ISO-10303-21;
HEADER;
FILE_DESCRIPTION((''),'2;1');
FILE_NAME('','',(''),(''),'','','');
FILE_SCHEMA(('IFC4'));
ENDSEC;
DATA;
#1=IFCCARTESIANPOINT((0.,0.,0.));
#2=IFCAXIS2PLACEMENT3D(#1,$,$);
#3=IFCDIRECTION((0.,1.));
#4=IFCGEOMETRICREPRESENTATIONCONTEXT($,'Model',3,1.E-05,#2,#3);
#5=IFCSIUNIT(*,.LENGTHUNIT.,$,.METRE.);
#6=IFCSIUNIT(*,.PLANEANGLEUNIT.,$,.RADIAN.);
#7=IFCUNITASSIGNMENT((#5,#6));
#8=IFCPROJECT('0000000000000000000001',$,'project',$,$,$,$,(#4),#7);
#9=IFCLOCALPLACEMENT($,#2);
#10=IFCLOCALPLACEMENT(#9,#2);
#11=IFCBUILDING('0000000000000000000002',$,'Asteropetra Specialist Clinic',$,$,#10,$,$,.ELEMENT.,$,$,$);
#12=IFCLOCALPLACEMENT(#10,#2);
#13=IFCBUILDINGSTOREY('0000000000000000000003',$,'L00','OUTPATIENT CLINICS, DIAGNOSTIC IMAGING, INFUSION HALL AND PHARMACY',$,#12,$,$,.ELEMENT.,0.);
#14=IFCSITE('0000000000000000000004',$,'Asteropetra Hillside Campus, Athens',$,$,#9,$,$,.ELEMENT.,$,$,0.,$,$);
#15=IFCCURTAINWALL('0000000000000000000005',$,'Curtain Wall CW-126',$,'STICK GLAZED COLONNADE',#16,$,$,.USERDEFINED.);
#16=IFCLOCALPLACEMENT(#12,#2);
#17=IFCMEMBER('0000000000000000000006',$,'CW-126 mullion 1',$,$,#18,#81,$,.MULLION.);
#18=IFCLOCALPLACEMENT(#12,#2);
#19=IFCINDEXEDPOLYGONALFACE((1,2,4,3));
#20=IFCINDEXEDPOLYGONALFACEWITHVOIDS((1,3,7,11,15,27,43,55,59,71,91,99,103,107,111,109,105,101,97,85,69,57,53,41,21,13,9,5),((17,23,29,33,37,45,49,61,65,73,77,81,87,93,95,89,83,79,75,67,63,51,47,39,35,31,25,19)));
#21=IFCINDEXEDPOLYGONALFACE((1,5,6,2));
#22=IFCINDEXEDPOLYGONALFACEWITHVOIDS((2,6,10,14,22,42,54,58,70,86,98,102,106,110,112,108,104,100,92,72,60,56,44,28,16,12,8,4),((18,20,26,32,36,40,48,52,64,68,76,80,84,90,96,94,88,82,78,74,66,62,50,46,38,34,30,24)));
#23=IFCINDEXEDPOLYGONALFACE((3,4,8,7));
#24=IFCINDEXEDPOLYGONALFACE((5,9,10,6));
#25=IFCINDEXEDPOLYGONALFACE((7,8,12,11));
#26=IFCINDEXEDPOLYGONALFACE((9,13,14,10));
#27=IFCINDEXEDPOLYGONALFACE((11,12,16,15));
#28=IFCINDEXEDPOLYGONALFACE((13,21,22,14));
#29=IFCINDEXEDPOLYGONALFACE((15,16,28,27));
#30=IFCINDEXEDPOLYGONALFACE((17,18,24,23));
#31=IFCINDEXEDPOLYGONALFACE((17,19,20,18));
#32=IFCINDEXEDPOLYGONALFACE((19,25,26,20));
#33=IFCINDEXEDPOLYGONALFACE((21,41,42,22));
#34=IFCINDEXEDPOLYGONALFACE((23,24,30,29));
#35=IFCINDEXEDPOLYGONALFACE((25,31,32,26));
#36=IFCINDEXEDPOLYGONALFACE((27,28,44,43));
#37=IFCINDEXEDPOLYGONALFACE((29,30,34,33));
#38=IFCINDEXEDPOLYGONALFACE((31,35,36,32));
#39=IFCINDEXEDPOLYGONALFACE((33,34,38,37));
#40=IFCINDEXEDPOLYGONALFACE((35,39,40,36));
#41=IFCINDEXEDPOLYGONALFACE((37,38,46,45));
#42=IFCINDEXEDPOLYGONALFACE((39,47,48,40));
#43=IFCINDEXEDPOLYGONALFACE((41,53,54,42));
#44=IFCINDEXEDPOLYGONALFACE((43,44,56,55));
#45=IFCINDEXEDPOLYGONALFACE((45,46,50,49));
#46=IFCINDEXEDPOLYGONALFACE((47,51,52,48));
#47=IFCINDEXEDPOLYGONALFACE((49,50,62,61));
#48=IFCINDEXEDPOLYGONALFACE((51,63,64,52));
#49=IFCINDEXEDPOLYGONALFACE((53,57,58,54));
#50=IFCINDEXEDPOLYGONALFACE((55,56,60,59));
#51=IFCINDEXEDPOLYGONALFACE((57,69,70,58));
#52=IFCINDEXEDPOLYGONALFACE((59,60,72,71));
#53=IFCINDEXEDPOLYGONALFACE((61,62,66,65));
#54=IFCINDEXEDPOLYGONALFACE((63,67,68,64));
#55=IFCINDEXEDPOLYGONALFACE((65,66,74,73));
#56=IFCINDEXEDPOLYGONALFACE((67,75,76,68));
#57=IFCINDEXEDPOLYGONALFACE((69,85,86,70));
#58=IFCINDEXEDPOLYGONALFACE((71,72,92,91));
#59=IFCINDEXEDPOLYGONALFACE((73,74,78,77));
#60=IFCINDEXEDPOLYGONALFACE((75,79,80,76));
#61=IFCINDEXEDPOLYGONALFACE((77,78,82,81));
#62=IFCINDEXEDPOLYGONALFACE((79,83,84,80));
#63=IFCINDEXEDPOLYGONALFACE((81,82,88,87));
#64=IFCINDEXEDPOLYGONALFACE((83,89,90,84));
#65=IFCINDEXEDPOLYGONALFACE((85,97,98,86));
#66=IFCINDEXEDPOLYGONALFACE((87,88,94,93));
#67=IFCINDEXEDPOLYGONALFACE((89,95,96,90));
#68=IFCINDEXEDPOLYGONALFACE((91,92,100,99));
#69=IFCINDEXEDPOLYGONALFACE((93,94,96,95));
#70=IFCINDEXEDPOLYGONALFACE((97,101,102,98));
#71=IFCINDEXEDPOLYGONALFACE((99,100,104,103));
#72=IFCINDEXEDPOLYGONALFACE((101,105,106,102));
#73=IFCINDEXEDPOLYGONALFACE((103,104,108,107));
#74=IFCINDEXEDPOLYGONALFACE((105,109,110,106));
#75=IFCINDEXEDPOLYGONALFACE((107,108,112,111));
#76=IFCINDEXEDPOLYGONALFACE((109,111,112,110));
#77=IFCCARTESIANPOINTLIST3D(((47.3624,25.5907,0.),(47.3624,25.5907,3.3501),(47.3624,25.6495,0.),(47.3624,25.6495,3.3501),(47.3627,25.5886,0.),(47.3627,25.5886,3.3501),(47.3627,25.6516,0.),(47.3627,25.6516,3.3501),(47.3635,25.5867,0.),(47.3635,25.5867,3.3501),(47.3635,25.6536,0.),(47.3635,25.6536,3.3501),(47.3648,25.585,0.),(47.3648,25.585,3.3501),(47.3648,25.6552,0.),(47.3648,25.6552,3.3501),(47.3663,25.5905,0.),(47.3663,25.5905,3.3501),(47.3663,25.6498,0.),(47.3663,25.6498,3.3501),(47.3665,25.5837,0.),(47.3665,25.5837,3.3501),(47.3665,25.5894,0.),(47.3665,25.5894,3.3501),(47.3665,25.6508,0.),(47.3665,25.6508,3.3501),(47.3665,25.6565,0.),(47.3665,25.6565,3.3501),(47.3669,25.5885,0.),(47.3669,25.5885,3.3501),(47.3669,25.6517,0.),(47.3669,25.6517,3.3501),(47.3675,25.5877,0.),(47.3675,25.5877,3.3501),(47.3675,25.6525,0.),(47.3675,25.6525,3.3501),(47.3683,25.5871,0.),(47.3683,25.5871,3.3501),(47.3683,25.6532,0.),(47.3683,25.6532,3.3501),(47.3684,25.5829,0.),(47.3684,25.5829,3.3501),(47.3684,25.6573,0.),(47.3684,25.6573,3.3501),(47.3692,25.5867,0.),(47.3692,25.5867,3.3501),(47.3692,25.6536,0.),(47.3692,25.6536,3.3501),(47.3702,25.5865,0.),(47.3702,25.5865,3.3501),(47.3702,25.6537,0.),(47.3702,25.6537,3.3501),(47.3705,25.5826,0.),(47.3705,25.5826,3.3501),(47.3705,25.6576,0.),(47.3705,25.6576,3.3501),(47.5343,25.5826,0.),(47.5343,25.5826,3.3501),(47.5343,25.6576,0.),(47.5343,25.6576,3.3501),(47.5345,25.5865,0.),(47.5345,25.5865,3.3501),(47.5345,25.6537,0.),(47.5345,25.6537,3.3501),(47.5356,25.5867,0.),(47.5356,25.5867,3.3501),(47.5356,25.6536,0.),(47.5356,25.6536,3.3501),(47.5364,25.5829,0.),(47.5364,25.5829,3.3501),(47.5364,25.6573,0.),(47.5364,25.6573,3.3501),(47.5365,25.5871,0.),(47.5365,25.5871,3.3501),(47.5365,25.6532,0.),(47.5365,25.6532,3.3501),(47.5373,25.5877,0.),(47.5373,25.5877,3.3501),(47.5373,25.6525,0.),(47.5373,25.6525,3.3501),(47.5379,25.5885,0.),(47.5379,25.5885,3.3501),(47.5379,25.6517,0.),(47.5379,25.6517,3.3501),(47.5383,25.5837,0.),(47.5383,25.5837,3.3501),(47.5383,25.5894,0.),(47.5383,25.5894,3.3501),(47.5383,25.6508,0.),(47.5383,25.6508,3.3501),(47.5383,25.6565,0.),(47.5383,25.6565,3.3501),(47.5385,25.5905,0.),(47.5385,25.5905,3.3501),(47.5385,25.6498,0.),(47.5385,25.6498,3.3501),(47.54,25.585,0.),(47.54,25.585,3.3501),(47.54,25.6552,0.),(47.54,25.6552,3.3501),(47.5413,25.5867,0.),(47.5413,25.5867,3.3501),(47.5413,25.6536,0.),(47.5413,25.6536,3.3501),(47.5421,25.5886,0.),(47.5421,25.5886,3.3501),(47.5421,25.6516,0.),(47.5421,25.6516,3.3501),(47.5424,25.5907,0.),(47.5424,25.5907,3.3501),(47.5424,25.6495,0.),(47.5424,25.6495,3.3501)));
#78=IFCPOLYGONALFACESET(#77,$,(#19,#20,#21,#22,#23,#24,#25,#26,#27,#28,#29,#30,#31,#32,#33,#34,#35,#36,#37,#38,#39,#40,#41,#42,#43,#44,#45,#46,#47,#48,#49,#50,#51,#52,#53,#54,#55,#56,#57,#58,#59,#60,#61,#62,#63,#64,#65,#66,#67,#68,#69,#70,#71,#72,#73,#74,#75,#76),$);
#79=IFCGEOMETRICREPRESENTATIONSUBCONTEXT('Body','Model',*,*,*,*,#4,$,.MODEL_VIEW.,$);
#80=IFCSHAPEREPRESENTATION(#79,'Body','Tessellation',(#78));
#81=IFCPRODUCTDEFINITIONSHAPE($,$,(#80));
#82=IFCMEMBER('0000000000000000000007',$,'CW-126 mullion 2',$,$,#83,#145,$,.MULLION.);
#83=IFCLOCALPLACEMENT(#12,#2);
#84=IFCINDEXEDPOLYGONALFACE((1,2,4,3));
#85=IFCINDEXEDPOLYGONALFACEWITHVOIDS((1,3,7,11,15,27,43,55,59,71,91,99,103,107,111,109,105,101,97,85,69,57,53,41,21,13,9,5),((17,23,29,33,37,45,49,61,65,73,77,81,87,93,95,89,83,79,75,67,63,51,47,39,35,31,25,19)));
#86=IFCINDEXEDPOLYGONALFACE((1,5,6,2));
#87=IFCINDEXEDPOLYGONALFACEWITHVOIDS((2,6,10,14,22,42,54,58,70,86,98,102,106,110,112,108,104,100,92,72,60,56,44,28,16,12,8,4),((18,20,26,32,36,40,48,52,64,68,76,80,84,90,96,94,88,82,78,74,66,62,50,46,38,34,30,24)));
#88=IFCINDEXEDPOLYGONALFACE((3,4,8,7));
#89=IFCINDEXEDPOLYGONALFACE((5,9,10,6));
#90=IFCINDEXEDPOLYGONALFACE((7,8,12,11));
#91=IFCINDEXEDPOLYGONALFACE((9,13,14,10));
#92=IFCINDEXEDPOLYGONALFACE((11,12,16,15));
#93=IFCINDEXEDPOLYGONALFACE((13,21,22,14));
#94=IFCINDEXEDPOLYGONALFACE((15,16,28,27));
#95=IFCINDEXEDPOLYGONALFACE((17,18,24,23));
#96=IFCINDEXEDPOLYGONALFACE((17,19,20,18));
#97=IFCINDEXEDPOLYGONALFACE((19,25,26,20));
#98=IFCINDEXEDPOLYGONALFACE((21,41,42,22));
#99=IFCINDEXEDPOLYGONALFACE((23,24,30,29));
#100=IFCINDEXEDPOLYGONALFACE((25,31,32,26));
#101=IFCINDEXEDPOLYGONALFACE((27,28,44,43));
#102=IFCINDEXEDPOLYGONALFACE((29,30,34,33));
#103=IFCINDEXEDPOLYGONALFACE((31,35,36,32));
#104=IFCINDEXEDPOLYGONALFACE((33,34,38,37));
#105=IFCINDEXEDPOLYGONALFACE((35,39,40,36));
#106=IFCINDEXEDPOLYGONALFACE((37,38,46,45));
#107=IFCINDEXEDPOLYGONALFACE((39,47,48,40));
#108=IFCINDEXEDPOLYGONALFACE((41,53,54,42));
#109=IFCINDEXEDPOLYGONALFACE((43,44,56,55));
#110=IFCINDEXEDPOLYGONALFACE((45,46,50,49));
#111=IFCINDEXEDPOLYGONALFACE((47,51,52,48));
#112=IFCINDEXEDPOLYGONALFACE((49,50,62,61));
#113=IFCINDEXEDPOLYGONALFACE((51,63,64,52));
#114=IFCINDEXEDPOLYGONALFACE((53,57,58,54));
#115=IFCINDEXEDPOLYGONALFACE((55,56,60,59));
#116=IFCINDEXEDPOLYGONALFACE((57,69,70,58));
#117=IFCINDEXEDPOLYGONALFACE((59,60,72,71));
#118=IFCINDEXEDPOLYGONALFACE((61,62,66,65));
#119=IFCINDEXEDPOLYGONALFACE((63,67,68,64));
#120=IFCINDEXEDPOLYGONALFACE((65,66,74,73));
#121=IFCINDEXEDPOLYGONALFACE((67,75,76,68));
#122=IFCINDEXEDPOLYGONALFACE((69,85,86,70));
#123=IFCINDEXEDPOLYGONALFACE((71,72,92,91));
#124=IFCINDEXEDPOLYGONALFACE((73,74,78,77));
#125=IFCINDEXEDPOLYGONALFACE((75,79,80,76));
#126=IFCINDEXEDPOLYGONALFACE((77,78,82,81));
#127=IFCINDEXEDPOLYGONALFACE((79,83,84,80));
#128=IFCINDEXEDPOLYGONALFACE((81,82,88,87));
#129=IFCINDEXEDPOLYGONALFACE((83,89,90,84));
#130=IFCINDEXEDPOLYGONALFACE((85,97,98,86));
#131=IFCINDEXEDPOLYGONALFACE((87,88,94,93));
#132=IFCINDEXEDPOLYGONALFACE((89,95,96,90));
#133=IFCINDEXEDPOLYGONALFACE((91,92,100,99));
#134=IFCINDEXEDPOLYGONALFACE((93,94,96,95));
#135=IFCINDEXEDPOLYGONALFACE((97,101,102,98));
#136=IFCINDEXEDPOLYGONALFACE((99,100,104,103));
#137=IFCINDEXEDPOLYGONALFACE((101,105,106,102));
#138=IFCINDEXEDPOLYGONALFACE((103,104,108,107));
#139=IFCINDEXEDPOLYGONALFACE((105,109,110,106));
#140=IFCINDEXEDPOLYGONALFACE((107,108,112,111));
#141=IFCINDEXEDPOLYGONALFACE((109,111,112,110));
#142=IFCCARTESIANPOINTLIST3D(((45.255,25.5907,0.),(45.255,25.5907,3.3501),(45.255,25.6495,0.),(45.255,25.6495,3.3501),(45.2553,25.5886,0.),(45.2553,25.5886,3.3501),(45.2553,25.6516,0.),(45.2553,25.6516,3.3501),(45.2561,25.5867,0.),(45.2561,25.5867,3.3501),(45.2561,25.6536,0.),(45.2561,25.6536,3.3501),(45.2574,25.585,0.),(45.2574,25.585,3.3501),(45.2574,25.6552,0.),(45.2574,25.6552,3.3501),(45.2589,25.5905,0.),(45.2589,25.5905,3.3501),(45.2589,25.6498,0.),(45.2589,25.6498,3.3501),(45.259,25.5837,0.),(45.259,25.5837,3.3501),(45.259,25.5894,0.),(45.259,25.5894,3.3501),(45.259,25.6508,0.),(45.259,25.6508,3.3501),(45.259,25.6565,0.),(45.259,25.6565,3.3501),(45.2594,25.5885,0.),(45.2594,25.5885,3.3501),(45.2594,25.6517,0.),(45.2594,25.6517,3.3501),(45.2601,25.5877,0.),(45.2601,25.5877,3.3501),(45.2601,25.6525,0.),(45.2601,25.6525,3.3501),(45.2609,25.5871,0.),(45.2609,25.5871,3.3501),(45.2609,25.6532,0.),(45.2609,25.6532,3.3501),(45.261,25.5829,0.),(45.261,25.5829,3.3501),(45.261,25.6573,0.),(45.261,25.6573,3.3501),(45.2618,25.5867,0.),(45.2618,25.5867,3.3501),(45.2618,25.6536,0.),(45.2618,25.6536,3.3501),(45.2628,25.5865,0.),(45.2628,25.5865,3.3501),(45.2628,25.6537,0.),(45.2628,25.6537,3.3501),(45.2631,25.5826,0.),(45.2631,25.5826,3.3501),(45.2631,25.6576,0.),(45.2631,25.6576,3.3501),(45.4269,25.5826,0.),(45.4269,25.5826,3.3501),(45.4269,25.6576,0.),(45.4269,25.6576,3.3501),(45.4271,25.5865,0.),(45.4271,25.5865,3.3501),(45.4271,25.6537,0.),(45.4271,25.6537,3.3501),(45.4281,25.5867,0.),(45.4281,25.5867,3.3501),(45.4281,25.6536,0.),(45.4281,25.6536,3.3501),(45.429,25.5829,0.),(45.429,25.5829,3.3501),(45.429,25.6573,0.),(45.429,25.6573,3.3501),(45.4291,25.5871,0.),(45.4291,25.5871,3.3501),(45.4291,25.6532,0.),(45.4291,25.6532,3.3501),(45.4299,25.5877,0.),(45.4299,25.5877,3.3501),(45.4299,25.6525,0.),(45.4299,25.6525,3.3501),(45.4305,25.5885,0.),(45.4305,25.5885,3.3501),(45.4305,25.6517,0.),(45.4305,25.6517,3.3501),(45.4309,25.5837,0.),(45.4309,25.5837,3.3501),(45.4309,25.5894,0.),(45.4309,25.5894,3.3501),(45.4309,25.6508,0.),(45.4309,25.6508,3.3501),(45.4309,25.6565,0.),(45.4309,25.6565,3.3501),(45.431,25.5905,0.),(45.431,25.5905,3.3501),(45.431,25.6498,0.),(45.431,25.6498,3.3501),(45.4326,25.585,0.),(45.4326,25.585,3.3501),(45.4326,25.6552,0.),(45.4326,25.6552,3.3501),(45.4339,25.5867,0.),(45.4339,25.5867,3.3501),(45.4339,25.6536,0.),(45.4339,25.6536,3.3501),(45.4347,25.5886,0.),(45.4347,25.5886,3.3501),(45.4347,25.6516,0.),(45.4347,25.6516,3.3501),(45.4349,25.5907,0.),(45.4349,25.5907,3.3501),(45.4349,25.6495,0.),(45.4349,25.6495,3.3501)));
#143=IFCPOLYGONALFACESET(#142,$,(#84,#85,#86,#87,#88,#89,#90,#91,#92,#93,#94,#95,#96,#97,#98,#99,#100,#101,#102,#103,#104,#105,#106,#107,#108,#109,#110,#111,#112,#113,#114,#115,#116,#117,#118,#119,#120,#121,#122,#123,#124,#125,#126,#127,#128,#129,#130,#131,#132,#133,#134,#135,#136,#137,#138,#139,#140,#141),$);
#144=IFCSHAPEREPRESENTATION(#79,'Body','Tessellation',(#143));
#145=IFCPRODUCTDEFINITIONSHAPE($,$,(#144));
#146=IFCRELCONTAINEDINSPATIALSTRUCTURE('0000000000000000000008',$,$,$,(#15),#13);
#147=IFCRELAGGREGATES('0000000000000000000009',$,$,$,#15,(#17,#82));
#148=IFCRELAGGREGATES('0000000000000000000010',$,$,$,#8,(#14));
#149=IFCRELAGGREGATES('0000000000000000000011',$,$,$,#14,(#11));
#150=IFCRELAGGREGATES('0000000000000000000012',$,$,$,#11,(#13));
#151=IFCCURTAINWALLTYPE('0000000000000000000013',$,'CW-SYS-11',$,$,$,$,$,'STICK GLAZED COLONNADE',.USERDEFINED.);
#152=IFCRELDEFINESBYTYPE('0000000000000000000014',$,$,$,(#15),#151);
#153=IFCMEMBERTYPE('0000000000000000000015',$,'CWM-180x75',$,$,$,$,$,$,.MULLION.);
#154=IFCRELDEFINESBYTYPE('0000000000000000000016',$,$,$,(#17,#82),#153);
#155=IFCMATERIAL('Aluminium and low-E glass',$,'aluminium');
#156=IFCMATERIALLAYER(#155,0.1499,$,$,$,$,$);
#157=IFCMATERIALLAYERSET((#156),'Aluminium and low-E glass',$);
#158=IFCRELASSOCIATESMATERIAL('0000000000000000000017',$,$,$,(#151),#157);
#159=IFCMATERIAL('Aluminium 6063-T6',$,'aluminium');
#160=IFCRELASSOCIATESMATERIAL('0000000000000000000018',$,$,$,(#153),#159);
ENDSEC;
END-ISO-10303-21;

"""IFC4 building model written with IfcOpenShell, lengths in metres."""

from ifc_helpers import new_model, si_unit, direction, frame, origin, origin_2d, place, context, subcontext, project, spatial, hollow_rectangle, extrude, material, layer, layer_set, material_profile, profile_set, type_object, element, aggregate, save


model = new_model("IFC4")

# Units and contexts
model_context = context("Model", 3, precision=1e-05, world=origin(), true_north=direction((0.0, 1.0)))
body_context = subcontext(model_context, "Body", "Model", "MODEL_VIEW")
ifc_project = project(units=[si_unit("LENGTHUNIT", "METRE"), si_unit("PLANEANGLEUNIT", "RADIAN")], contexts=[model_context])

# Site, building, storey
site_placement = place(None, origin())
site = spatial("IfcSite", under=ifc_project, at=site_placement, Name="Asteropetra Hillside Campus, Athens", CompositionType="ELEMENT", RefElevation=0.0)
building_placement = place(site_placement, origin())
building = spatial("IfcBuilding", under=site, at=building_placement, Name="Asteropetra Specialist Clinic", CompositionType="ELEMENT")
storey_placement = place(building_placement, origin())
storey = spatial("IfcBuildingStorey", under=building, at=storey_placement, Name="L00", Description="OUTPATIENT CLINICS, DIAGNOSTIC IMAGING, INFUSION HALL AND PHARMACY", CompositionType="ELEMENT", Elevation=0.0)

# Curtain wall, members
ifc_material_1 = material(Name="Aluminium and low-E glass", Category="aluminium")
ifc_layer_1 = layer(ifc_material_1, 0.1499)
ifc_layer_set_1 = layer_set([ifc_layer_1], Name="Aluminium and low-E glass")
curtain_wall_type = type_object("IfcCurtainWallType", Name="CW-SYS-11", ElementType="STICK GLAZED COLONNADE", PredefinedType="USERDEFINED", material=ifc_layer_set_1)
curtain_wall_placement = place(storey_placement, origin())
curtain_wall = element("IfcCurtainWall", 1, at=curtain_wall_placement, inside=storey, type_object=curtain_wall_type, Name="Curtain Wall CW-126", ObjectType="STICK GLAZED COLONNADE", PredefinedType="USERDEFINED")
ifc_material_2 = material(Name="Aluminium 6063-T6", Category="aluminium")
ifc_material_profile_1 = material_profile(ifc_material_2, hollow_rectangle(XDim=0.075, YDim=0.1799, WallThickness=0.0039, InnerFilletRadius=0.0039, OuterFilletRadius=0.0081, at=origin_2d()), Name="MUL 180x75x4.0")
ifc_profile_set_1 = profile_set([ifc_material_profile_1], Name="Aluminium 6063-T6")
member_type_1 = type_object("IfcMemberType", Name="CWM-180x75", PredefinedType="MULLION", material=ifc_profile_set_1)
member_1_placement = place(storey_placement, frame((47.4524, 25.6201, 0.0), z_axis=(0.0, 0.0, 1.0), x_axis=(0.0, -1.0, 0.0)))
member_1 = element("IfcMember", 2, at=member_1_placement, type_object=member_type_1, Name="CW-126 mullion 1", PredefinedType="MULLION", context=body_context, shape_type="SweptSolid", body=[
    extrude(hollow_rectangle(XDim=0.075, YDim=0.1799, WallThickness=0.0039, InnerFilletRadius=0.0039, OuterFilletRadius=0.0081, at=origin_2d()), origin(), (0.0, 0.0, 1.0), 3.3501),
])
member_2_placement = place(storey_placement, frame((45.345, 25.6201, 0.0), z_axis=(0.0, 0.0, 1.0), x_axis=(0.0, -1.0, 0.0)))
member_2 = element("IfcMember", 3, at=member_2_placement, type_object=member_type_1, Name="CW-126 mullion 2", PredefinedType="MULLION", context=body_context, shape_type="SweptSolid", body=[
    extrude(hollow_rectangle(XDim=0.075, YDim=0.1799, WallThickness=0.0039, InnerFilletRadius=0.0039, OuterFilletRadius=0.0081, at=origin_2d()), origin(), (0.0, 0.0, 1.0), 3.3501),
])
aggregate(curtain_wall, [member_1, member_2])

save(model, "model.ifc")
